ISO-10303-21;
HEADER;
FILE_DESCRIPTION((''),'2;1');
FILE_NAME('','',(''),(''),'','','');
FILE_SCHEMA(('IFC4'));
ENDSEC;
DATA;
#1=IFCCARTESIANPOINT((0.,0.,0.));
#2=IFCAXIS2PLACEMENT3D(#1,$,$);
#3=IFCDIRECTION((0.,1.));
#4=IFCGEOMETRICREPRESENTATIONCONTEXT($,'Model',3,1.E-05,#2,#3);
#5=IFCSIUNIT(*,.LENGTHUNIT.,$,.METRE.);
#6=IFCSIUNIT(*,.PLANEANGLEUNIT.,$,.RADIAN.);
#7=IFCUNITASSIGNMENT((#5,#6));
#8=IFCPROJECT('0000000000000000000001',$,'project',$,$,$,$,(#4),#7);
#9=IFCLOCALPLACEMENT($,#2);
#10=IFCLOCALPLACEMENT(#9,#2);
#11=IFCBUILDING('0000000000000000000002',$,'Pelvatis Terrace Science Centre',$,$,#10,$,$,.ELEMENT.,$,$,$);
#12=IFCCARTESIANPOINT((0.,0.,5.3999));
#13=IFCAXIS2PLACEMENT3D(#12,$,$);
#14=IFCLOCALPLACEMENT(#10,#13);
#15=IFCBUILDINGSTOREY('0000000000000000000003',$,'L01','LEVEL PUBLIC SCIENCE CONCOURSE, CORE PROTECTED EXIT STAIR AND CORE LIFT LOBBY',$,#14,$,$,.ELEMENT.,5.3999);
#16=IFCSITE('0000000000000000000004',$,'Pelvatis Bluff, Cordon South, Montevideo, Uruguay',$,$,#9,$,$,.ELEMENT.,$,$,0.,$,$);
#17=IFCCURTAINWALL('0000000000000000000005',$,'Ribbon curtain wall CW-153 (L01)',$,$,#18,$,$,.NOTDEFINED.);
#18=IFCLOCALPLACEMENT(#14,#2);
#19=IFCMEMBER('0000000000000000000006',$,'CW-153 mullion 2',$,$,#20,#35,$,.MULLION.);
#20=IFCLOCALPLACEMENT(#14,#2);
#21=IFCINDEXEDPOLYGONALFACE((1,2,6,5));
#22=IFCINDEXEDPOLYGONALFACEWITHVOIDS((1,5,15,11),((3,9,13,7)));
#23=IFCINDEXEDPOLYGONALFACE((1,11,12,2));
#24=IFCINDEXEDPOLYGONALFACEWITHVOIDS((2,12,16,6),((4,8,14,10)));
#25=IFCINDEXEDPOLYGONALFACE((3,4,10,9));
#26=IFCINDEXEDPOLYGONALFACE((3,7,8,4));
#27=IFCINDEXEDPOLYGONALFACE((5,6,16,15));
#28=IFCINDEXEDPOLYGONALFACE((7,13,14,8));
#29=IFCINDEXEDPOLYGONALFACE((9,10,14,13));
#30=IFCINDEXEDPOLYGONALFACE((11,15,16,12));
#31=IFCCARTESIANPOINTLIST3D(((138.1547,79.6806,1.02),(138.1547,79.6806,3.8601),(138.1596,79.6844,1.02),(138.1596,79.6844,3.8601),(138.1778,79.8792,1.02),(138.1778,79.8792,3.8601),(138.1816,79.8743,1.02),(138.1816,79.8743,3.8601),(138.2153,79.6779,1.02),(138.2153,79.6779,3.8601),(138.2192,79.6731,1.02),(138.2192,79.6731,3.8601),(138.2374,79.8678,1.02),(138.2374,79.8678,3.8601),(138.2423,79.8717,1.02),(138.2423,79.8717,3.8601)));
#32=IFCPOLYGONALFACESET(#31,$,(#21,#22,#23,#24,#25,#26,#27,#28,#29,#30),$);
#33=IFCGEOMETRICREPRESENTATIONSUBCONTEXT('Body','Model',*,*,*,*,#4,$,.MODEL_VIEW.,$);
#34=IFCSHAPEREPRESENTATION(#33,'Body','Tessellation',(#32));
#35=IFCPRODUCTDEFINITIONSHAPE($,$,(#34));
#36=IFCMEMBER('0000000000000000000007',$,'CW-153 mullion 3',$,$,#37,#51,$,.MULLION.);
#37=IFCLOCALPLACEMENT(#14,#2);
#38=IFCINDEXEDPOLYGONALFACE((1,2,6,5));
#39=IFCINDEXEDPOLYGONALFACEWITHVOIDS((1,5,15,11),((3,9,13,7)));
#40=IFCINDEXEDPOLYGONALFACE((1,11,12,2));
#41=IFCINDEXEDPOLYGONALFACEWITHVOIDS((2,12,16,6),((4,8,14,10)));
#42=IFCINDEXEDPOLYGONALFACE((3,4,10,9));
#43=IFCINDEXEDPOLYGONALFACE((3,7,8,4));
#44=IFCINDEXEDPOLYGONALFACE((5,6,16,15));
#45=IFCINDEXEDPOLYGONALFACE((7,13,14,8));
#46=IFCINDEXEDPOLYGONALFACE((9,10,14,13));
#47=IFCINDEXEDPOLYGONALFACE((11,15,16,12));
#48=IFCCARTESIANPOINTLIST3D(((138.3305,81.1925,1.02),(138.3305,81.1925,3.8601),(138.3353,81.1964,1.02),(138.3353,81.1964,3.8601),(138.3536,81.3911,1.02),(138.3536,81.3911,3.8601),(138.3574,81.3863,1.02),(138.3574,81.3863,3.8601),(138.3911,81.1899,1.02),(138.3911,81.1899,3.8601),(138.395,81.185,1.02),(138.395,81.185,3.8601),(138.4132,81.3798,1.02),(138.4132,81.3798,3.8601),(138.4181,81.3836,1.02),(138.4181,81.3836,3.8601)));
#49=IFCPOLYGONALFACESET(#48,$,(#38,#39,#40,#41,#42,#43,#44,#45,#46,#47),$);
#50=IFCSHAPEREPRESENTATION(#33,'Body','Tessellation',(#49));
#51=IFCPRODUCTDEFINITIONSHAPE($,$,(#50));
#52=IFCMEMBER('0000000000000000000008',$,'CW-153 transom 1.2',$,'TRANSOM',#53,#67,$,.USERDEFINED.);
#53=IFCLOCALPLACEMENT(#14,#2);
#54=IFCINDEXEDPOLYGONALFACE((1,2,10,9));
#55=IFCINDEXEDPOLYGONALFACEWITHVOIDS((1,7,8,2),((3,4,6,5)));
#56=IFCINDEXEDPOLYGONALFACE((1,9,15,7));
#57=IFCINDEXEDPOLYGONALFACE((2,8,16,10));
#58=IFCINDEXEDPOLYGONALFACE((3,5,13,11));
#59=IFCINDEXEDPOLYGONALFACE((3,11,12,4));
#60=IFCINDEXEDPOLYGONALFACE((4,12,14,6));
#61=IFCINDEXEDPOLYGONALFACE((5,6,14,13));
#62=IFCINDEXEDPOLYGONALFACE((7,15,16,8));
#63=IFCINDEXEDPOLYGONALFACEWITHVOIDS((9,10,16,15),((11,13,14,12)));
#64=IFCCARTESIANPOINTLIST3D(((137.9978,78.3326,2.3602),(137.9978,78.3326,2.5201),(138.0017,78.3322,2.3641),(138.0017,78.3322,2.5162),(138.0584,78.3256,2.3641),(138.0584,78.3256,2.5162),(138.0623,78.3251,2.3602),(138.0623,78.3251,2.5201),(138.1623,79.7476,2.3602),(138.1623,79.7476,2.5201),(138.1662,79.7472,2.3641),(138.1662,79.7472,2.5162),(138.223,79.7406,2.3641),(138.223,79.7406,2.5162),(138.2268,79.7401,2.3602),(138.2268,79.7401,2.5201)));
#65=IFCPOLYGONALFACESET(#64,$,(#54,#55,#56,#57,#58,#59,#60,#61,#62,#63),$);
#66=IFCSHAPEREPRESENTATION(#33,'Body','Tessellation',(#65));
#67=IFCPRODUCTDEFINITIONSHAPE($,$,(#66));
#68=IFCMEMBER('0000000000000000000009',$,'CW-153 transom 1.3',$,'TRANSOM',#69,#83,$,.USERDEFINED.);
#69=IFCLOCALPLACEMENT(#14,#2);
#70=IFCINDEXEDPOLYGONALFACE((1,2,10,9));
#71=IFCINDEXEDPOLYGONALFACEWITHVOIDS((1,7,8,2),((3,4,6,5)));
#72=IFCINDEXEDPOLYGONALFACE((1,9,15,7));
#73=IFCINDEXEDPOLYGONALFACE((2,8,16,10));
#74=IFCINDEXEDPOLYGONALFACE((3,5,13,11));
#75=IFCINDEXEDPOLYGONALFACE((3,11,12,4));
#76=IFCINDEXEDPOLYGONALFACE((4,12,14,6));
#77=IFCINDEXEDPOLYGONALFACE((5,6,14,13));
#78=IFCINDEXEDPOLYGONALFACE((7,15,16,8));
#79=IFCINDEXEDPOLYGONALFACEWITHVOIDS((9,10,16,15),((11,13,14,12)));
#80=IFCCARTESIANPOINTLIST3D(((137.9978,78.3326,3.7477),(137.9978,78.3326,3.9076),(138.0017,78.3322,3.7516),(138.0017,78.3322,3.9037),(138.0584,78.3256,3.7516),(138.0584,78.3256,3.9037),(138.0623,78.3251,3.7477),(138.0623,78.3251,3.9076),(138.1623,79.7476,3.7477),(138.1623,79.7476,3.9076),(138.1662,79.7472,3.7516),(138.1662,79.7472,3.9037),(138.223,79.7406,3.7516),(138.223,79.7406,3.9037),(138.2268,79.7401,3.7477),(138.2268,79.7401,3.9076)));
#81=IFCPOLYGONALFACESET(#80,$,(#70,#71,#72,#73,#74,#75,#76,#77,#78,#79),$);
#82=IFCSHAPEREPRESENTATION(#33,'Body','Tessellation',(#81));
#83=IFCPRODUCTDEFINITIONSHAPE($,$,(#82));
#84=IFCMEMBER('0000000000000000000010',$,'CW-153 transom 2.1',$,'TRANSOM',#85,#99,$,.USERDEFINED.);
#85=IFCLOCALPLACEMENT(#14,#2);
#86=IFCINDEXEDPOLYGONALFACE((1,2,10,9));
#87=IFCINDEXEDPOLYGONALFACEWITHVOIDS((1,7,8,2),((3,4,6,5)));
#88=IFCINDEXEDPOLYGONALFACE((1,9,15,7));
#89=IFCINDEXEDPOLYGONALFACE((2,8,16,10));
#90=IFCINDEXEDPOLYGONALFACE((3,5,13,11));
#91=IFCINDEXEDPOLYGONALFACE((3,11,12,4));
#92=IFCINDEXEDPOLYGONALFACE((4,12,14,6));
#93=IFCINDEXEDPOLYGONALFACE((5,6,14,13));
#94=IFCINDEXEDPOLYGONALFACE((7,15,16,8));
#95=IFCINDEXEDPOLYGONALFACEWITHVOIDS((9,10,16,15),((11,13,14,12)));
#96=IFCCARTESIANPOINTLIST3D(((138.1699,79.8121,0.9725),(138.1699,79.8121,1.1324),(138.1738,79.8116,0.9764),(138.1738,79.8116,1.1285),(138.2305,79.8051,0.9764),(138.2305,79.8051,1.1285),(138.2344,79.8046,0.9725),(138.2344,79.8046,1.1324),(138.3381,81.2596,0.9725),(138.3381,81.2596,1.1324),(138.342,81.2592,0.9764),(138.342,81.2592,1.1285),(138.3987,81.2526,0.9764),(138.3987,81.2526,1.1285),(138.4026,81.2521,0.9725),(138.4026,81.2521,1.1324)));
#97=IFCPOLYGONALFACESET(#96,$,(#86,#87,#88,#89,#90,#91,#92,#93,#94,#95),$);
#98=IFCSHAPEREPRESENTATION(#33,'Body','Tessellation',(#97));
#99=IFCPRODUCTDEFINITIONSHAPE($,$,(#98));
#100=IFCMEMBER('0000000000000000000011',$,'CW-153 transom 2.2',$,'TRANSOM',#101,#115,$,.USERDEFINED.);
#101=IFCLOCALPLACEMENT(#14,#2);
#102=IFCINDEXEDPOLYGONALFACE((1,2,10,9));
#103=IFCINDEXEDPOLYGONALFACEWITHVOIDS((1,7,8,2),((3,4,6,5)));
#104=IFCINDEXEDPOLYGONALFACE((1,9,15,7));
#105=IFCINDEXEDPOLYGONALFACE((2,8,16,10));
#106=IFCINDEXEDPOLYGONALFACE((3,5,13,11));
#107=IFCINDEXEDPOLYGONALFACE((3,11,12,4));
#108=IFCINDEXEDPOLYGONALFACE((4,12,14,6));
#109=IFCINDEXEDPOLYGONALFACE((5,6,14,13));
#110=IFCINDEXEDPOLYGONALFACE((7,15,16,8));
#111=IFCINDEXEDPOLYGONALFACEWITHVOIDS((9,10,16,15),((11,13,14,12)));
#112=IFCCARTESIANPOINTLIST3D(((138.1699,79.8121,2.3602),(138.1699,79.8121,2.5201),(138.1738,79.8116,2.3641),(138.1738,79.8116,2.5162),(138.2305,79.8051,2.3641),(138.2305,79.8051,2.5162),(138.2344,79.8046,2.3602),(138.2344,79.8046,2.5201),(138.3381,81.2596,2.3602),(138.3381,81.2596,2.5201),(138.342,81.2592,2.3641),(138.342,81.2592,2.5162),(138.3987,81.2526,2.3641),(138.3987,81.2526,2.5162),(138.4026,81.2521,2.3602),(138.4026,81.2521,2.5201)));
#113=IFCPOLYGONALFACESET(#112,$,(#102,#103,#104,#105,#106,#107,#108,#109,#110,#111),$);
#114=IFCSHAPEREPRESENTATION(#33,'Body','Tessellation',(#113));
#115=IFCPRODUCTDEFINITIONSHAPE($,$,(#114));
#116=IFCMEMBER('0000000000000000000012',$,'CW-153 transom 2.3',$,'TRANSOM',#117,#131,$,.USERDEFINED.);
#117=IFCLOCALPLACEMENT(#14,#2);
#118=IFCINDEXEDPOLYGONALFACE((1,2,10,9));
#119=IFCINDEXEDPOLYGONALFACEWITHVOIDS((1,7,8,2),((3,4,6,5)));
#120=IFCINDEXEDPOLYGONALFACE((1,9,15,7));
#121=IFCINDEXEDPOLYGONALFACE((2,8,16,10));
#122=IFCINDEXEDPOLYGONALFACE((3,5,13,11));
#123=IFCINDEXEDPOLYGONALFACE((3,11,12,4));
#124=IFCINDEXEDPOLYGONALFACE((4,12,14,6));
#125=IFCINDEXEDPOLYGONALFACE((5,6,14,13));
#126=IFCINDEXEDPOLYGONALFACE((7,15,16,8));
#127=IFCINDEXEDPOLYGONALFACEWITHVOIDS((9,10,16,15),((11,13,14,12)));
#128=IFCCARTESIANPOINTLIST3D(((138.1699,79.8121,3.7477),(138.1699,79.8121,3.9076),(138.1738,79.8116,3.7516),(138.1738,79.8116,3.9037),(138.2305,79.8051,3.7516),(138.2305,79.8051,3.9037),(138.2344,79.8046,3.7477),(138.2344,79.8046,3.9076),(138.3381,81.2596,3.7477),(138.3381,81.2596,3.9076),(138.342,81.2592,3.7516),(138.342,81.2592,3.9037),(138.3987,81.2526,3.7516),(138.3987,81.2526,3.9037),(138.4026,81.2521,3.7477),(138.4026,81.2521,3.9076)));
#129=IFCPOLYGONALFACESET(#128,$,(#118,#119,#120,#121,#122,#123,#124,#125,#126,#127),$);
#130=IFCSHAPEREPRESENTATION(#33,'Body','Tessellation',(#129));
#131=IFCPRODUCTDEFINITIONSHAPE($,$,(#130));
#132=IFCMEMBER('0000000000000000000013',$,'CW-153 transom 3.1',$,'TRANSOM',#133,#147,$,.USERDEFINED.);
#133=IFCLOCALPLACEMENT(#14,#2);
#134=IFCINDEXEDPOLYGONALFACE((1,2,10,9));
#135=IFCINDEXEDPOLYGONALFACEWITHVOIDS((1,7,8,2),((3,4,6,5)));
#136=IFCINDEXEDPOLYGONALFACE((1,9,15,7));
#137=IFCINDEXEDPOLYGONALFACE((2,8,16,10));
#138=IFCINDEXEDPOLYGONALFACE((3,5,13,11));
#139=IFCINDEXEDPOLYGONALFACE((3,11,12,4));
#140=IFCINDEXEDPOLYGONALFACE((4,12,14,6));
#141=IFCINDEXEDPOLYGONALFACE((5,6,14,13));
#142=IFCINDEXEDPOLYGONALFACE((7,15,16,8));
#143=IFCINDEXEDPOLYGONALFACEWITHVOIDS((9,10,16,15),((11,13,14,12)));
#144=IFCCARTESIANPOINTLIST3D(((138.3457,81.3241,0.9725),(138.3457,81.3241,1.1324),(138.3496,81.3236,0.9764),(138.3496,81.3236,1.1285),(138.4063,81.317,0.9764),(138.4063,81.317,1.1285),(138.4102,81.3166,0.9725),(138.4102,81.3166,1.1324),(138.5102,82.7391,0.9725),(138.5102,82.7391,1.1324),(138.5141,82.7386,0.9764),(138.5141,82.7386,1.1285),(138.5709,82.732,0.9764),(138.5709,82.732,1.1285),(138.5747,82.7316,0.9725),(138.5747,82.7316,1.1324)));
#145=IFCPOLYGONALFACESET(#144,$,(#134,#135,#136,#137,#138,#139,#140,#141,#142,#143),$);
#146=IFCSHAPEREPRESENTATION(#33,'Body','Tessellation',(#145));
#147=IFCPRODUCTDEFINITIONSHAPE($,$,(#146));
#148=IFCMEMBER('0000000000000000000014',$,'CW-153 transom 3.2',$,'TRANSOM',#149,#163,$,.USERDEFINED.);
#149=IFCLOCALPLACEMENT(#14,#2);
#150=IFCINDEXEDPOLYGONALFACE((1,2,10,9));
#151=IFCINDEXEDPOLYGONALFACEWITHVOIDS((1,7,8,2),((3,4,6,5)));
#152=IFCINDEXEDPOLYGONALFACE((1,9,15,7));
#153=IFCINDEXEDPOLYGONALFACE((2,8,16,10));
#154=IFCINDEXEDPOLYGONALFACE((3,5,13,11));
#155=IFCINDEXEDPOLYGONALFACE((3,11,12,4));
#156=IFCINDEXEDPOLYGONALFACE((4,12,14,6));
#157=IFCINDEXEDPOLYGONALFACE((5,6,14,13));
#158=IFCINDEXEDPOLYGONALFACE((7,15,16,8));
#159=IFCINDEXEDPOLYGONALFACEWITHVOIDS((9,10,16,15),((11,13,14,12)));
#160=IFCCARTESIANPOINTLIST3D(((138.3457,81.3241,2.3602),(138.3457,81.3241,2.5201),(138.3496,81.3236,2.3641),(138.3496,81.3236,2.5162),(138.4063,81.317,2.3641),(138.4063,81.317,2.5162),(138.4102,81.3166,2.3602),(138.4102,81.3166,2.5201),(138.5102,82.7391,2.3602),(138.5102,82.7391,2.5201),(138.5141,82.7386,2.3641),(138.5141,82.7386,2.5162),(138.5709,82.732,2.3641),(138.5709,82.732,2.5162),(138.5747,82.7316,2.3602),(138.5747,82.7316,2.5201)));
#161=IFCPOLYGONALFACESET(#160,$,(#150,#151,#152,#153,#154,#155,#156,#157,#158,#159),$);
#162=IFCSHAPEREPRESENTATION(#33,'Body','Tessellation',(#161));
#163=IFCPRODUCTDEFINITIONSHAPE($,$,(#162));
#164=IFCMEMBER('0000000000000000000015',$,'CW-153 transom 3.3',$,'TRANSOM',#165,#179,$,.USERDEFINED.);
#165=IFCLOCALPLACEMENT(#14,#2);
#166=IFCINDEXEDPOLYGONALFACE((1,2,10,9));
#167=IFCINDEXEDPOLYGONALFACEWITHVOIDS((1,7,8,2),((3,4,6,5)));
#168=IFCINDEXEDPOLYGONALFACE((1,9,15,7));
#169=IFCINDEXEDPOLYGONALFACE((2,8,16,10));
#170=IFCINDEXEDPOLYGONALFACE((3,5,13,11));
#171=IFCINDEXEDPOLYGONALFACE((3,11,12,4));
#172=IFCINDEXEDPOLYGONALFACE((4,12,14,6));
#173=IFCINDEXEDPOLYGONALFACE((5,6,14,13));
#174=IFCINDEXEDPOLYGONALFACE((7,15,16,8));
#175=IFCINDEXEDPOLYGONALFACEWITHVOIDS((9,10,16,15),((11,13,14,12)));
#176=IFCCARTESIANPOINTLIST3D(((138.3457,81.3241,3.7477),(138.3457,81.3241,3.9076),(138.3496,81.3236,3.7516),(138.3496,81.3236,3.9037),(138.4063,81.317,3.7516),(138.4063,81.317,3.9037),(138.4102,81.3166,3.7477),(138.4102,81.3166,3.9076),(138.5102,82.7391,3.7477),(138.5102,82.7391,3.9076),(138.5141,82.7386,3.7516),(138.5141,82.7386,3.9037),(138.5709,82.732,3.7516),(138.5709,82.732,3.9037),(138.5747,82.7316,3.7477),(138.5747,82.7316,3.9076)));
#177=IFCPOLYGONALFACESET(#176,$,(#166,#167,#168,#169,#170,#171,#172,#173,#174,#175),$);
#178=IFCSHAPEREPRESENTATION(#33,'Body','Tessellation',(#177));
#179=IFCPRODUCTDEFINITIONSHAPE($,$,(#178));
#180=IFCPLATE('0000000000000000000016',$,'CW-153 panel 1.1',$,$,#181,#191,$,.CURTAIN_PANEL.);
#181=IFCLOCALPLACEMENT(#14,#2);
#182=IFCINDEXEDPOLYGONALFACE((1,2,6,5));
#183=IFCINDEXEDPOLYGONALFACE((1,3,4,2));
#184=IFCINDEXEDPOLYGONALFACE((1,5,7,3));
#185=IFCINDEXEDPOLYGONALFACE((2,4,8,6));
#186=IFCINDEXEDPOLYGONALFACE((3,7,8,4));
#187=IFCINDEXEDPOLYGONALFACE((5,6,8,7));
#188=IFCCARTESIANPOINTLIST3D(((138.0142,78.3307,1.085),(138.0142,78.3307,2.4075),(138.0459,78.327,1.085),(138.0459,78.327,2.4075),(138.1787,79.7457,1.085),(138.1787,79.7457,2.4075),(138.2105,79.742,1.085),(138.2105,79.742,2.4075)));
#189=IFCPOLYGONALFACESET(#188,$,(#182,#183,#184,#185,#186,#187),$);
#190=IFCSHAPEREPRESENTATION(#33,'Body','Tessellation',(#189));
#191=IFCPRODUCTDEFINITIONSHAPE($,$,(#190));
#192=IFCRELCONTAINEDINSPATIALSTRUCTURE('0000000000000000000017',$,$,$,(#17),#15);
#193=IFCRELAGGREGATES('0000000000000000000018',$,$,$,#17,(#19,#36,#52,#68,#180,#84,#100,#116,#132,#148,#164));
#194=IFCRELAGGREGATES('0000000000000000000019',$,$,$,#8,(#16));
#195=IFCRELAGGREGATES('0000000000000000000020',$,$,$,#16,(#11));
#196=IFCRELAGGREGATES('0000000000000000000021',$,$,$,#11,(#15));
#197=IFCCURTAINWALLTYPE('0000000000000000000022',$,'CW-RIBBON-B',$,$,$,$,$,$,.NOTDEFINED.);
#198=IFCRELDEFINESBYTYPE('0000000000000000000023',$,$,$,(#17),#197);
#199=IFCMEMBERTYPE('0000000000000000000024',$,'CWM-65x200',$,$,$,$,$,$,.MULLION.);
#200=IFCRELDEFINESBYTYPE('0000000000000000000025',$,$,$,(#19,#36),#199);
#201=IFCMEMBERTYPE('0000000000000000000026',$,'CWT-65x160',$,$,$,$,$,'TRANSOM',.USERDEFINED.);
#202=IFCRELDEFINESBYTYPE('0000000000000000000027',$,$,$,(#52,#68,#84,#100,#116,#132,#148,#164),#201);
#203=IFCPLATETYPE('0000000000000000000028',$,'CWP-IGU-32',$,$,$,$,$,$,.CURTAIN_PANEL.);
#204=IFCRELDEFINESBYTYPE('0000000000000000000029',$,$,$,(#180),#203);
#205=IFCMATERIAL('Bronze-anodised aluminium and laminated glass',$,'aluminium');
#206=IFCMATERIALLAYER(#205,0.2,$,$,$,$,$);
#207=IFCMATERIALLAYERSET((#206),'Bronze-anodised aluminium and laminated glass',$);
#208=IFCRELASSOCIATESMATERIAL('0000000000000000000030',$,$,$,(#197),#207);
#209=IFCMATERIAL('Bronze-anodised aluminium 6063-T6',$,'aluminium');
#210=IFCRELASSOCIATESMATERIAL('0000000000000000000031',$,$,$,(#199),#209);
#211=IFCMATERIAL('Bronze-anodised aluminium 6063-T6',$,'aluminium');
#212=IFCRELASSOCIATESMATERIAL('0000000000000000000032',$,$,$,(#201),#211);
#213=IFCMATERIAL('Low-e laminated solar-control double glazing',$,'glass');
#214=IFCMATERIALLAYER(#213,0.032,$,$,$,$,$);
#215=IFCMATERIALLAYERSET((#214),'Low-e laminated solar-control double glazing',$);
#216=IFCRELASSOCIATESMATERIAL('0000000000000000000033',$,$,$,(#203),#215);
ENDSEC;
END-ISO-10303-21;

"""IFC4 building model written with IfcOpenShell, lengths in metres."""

from ifc_helpers import new_model, si_unit, direction, frame, origin, origin_2d, place, context, subcontext, project, spatial, rectangle, hollow_rectangle, extrude, material, layer, layer_set, material_profile, profile_set, type_object, element, aggregate, save


model = new_model("IFC4")

# Units and contexts
model_context = context("Model", 3, precision=1e-05, world=origin(), true_north=direction((0.0, 1.0)))
body_context = subcontext(model_context, "Body", "Model", "MODEL_VIEW")
ifc_project = project(units=[si_unit("LENGTHUNIT", "METRE"), si_unit("PLANEANGLEUNIT", "RADIAN")], contexts=[model_context])

# Site, building, storey
site_placement = place(None, origin())
site = spatial("IfcSite", under=ifc_project, at=site_placement, Name="Pelvatis Bluff, Cordon South, Montevideo, Uruguay", CompositionType="ELEMENT", RefElevation=0.0)
building_placement = place(site_placement, origin())
building = spatial("IfcBuilding", under=site, at=building_placement, Name="Pelvatis Terrace Science Centre", CompositionType="ELEMENT")
storey_placement = place(building_placement, frame((0.0, 0.0, 5.3999)))
storey = spatial("IfcBuildingStorey", under=building, at=storey_placement, Name="L01", Description="LEVEL PUBLIC SCIENCE CONCOURSE, CORE PROTECTED EXIT STAIR AND CORE LIFT LOBBY", CompositionType="ELEMENT", Elevation=5.3999)

# Curtain wall, members, plate
ifc_material_1 = material(Name="Bronze-anodised aluminium and laminated glass", Category="aluminium")
ifc_layer_1 = layer(ifc_material_1, 0.2)
ifc_layer_set_1 = layer_set([ifc_layer_1], Name="Bronze-anodised aluminium and laminated glass")
curtain_wall_type = type_object("IfcCurtainWallType", Name="CW-RIBBON-B", PredefinedType="NOTDEFINED", material=ifc_layer_set_1)
curtain_wall_placement = place(storey_placement, origin())
curtain_wall = element("IfcCurtainWall", 1, at=curtain_wall_placement, inside=storey, type_object=curtain_wall_type, Name="Ribbon curtain wall CW-153 (L01)", PredefinedType="NOTDEFINED")
ifc_material_2 = material(Name="Bronze-anodised aluminium 6063-T6", Category="aluminium")
ifc_material_profile_1 = material_profile(ifc_material_2, hollow_rectangle(XDim=0.0649, YDim=0.2, WallThickness=0.0044, at=origin_2d()), Name="ALU-MUL 65x200")
ifc_profile_set_1 = profile_set([ifc_material_profile_1], Name="Bronze-anodised aluminium 6063-T6")
member_type_1 = type_object("IfcMemberType", Name="CWM-65x200", PredefinedType="MULLION", material=ifc_profile_set_1)
member_1_placement = place(storey_placement, frame((138.1985, 79.7761, 1.02), z_axis=(0.0, 0.0, 1.0), x_axis=(-0.993308, 0.115497, 0.0)))
member_1 = element("IfcMember", 2, at=member_1_placement, type_object=member_type_1, Name="CW-153 mullion 2", PredefinedType="MULLION", context=body_context, shape_type="SweptSolid", body=[
    extrude(hollow_rectangle(XDim=0.0649, YDim=0.2, WallThickness=0.0044, at=origin_2d()), origin(), (0.0, 0.0, 1.0), 2.8401),
])
member_2_placement = place(storey_placement, frame((138.3743, 81.2881, 1.02), z_axis=(0.0, 0.0, 1.0), x_axis=(-0.993308, 0.115497, 0.0)))
member_2 = element("IfcMember", 3, at=member_2_placement, type_object=member_type_1, Name="CW-153 mullion 3", PredefinedType="MULLION", context=body_context, shape_type="SweptSolid", body=[
    extrude(hollow_rectangle(XDim=0.0649, YDim=0.2, WallThickness=0.0044, at=origin_2d()), origin(), (0.0, 0.0, 1.0), 2.8401),
])
ifc_material_3 = material(Name="Bronze-anodised aluminium 6063-T6", Category="aluminium")
ifc_material_profile_2 = material_profile(ifc_material_3, hollow_rectangle(XDim=0.0649, YDim=0.1599, WallThickness=0.0039, at=origin_2d()), Name="ALU-TRN 65x160")
ifc_profile_set_2 = profile_set([ifc_material_profile_2], Name="Bronze-anodised aluminium 6063-T6")
member_type_2 = type_object("IfcMemberType", Name="CWT-65x160", ElementType="TRANSOM", PredefinedType="USERDEFINED", material=ifc_profile_set_2)
member_3_placement = place(storey_placement, frame((138.03, 78.3289, 2.4402), z_axis=(0.115509, 0.993306, 0.0), x_axis=(-0.993306, 0.115509, 0.0)))
member_3 = element("IfcMember", 4, at=member_3_placement, type_object=member_type_2, Name="CW-153 transom 1.2", ObjectType="TRANSOM", PredefinedType="USERDEFINED", context=body_context, shape_type="SweptSolid", body=[
    extrude(hollow_rectangle(XDim=0.0649, YDim=0.1599, WallThickness=0.0039, at=origin_2d()), origin(), (0.0, 0.0, 1.0), 1.4246),
])
member_4_placement = place(storey_placement, frame((138.03, 78.3289, 3.8276), z_axis=(0.115509, 0.993306, 0.0), x_axis=(-0.993306, 0.115509, 0.0)))
member_4 = element("IfcMember", 5, at=member_4_placement, type_object=member_type_2, Name="CW-153 transom 1.3", ObjectType="TRANSOM", PredefinedType="USERDEFINED", context=body_context, shape_type="SweptSolid", body=[
    extrude(hollow_rectangle(XDim=0.0649, YDim=0.1599, WallThickness=0.0039, at=origin_2d()), origin(), (0.0, 0.0, 1.0), 1.4246),
])
member_5_placement = place(storey_placement, frame((138.2021, 79.8083, 1.0525), z_axis=(0.115432, 0.993315, 0.0), x_axis=(-0.993315, 0.115432, 0.0)))
member_5 = element("IfcMember", 6, at=member_5_placement, type_object=member_type_2, Name="CW-153 transom 2.1", ObjectType="TRANSOM", PredefinedType="USERDEFINED", context=body_context, shape_type="SweptSolid", body=[
    extrude(hollow_rectangle(XDim=0.0649, YDim=0.1599, WallThickness=0.0039, at=origin_2d()), origin(), (0.0, 0.0, 1.0), 1.4573),
])
member_6_placement = place(storey_placement, frame((138.2021, 79.8083, 2.4402), z_axis=(0.115432, 0.993315, 0.0), x_axis=(-0.993315, 0.115432, 0.0)))
member_6 = element("IfcMember", 7, at=member_6_placement, type_object=member_type_2, Name="CW-153 transom 2.2", ObjectType="TRANSOM", PredefinedType="USERDEFINED", context=body_context, shape_type="SweptSolid", body=[
    extrude(hollow_rectangle(XDim=0.0649, YDim=0.1599, WallThickness=0.0039, at=origin_2d()), origin(), (0.0, 0.0, 1.0), 1.4573),
])
member_7_placement = place(storey_placement, frame((138.2021, 79.8083, 3.8276), z_axis=(0.115432, 0.993315, 0.0), x_axis=(-0.993315, 0.115432, 0.0)))
member_7 = element("IfcMember", 8, at=member_7_placement, type_object=member_type_2, Name="CW-153 transom 2.3", ObjectType="TRANSOM", PredefinedType="USERDEFINED", context=body_context, shape_type="SweptSolid", body=[
    extrude(hollow_rectangle(XDim=0.0649, YDim=0.1599, WallThickness=0.0039, at=origin_2d()), origin(), (0.0, 0.0, 1.0), 1.4573),
])
member_8_placement = place(storey_placement, frame((138.3779, 81.3203, 1.0525), z_axis=(0.115509, 0.993306, 0.0), x_axis=(-0.993306, 0.115509, 0.0)))
member_8 = element("IfcMember", 9, at=member_8_placement, type_object=member_type_2, Name="CW-153 transom 3.1", ObjectType="TRANSOM", PredefinedType="USERDEFINED", context=body_context, shape_type="SweptSolid", body=[
    extrude(hollow_rectangle(XDim=0.0649, YDim=0.1599, WallThickness=0.0039, at=origin_2d()), origin(), (0.0, 0.0, 1.0), 1.4246),
])
member_9_placement = place(storey_placement, frame((138.3779, 81.3203, 2.4402), z_axis=(0.115509, 0.993306, 0.0), x_axis=(-0.993306, 0.115509, 0.0)))
member_9 = element("IfcMember", 10, at=member_9_placement, type_object=member_type_2, Name="CW-153 transom 3.2", ObjectType="TRANSOM", PredefinedType="USERDEFINED", context=body_context, shape_type="SweptSolid", body=[
    extrude(hollow_rectangle(XDim=0.0649, YDim=0.1599, WallThickness=0.0039, at=origin_2d()), origin(), (0.0, 0.0, 1.0), 1.4246),
])
member_10_placement = place(storey_placement, frame((138.3779, 81.3203, 3.8276), z_axis=(0.115509, 0.993306, 0.0), x_axis=(-0.993306, 0.115509, 0.0)))
member_10 = element("IfcMember", 11, at=member_10_placement, type_object=member_type_2, Name="CW-153 transom 3.3", ObjectType="TRANSOM", PredefinedType="USERDEFINED", context=body_context, shape_type="SweptSolid", body=[
    extrude(hollow_rectangle(XDim=0.0649, YDim=0.1599, WallThickness=0.0039, at=origin_2d()), origin(), (0.0, 0.0, 1.0), 1.4246),
])
ifc_material_4 = material(Name="Low-e laminated solar-control double glazing", Category="glass")
ifc_layer_2 = layer(ifc_material_4, 0.032)
ifc_layer_set_2 = layer_set([ifc_layer_2], Name="Low-e laminated solar-control double glazing")
plate_type_1 = type_object("IfcPlateType", Name="CWP-IGU-32", PredefinedType="CURTAIN_PANEL", material=ifc_layer_set_2)
plate_1_placement = place(storey_placement, frame((138.1123, 79.0364, 1.085), z_axis=(0.0, 0.0, 1.0), x_axis=(0.115497, 0.993308, 0.0)))
plate_1 = element("IfcPlate", 12, at=plate_1_placement, type_object=plate_type_1, Name="CW-153 panel 1.1", PredefinedType="CURTAIN_PANEL", context=body_context, shape_type="SweptSolid", body=[
    extrude(rectangle(XDim=1.4246, YDim=0.032, at=origin_2d()), origin(), (0.0, 0.0, 1.0), 1.3225),
])
aggregate(curtain_wall, [member_1, member_2, member_3, member_4, plate_1, member_5, member_6, member_7, member_8, member_9, member_10])

save(model, "model.ifc")
